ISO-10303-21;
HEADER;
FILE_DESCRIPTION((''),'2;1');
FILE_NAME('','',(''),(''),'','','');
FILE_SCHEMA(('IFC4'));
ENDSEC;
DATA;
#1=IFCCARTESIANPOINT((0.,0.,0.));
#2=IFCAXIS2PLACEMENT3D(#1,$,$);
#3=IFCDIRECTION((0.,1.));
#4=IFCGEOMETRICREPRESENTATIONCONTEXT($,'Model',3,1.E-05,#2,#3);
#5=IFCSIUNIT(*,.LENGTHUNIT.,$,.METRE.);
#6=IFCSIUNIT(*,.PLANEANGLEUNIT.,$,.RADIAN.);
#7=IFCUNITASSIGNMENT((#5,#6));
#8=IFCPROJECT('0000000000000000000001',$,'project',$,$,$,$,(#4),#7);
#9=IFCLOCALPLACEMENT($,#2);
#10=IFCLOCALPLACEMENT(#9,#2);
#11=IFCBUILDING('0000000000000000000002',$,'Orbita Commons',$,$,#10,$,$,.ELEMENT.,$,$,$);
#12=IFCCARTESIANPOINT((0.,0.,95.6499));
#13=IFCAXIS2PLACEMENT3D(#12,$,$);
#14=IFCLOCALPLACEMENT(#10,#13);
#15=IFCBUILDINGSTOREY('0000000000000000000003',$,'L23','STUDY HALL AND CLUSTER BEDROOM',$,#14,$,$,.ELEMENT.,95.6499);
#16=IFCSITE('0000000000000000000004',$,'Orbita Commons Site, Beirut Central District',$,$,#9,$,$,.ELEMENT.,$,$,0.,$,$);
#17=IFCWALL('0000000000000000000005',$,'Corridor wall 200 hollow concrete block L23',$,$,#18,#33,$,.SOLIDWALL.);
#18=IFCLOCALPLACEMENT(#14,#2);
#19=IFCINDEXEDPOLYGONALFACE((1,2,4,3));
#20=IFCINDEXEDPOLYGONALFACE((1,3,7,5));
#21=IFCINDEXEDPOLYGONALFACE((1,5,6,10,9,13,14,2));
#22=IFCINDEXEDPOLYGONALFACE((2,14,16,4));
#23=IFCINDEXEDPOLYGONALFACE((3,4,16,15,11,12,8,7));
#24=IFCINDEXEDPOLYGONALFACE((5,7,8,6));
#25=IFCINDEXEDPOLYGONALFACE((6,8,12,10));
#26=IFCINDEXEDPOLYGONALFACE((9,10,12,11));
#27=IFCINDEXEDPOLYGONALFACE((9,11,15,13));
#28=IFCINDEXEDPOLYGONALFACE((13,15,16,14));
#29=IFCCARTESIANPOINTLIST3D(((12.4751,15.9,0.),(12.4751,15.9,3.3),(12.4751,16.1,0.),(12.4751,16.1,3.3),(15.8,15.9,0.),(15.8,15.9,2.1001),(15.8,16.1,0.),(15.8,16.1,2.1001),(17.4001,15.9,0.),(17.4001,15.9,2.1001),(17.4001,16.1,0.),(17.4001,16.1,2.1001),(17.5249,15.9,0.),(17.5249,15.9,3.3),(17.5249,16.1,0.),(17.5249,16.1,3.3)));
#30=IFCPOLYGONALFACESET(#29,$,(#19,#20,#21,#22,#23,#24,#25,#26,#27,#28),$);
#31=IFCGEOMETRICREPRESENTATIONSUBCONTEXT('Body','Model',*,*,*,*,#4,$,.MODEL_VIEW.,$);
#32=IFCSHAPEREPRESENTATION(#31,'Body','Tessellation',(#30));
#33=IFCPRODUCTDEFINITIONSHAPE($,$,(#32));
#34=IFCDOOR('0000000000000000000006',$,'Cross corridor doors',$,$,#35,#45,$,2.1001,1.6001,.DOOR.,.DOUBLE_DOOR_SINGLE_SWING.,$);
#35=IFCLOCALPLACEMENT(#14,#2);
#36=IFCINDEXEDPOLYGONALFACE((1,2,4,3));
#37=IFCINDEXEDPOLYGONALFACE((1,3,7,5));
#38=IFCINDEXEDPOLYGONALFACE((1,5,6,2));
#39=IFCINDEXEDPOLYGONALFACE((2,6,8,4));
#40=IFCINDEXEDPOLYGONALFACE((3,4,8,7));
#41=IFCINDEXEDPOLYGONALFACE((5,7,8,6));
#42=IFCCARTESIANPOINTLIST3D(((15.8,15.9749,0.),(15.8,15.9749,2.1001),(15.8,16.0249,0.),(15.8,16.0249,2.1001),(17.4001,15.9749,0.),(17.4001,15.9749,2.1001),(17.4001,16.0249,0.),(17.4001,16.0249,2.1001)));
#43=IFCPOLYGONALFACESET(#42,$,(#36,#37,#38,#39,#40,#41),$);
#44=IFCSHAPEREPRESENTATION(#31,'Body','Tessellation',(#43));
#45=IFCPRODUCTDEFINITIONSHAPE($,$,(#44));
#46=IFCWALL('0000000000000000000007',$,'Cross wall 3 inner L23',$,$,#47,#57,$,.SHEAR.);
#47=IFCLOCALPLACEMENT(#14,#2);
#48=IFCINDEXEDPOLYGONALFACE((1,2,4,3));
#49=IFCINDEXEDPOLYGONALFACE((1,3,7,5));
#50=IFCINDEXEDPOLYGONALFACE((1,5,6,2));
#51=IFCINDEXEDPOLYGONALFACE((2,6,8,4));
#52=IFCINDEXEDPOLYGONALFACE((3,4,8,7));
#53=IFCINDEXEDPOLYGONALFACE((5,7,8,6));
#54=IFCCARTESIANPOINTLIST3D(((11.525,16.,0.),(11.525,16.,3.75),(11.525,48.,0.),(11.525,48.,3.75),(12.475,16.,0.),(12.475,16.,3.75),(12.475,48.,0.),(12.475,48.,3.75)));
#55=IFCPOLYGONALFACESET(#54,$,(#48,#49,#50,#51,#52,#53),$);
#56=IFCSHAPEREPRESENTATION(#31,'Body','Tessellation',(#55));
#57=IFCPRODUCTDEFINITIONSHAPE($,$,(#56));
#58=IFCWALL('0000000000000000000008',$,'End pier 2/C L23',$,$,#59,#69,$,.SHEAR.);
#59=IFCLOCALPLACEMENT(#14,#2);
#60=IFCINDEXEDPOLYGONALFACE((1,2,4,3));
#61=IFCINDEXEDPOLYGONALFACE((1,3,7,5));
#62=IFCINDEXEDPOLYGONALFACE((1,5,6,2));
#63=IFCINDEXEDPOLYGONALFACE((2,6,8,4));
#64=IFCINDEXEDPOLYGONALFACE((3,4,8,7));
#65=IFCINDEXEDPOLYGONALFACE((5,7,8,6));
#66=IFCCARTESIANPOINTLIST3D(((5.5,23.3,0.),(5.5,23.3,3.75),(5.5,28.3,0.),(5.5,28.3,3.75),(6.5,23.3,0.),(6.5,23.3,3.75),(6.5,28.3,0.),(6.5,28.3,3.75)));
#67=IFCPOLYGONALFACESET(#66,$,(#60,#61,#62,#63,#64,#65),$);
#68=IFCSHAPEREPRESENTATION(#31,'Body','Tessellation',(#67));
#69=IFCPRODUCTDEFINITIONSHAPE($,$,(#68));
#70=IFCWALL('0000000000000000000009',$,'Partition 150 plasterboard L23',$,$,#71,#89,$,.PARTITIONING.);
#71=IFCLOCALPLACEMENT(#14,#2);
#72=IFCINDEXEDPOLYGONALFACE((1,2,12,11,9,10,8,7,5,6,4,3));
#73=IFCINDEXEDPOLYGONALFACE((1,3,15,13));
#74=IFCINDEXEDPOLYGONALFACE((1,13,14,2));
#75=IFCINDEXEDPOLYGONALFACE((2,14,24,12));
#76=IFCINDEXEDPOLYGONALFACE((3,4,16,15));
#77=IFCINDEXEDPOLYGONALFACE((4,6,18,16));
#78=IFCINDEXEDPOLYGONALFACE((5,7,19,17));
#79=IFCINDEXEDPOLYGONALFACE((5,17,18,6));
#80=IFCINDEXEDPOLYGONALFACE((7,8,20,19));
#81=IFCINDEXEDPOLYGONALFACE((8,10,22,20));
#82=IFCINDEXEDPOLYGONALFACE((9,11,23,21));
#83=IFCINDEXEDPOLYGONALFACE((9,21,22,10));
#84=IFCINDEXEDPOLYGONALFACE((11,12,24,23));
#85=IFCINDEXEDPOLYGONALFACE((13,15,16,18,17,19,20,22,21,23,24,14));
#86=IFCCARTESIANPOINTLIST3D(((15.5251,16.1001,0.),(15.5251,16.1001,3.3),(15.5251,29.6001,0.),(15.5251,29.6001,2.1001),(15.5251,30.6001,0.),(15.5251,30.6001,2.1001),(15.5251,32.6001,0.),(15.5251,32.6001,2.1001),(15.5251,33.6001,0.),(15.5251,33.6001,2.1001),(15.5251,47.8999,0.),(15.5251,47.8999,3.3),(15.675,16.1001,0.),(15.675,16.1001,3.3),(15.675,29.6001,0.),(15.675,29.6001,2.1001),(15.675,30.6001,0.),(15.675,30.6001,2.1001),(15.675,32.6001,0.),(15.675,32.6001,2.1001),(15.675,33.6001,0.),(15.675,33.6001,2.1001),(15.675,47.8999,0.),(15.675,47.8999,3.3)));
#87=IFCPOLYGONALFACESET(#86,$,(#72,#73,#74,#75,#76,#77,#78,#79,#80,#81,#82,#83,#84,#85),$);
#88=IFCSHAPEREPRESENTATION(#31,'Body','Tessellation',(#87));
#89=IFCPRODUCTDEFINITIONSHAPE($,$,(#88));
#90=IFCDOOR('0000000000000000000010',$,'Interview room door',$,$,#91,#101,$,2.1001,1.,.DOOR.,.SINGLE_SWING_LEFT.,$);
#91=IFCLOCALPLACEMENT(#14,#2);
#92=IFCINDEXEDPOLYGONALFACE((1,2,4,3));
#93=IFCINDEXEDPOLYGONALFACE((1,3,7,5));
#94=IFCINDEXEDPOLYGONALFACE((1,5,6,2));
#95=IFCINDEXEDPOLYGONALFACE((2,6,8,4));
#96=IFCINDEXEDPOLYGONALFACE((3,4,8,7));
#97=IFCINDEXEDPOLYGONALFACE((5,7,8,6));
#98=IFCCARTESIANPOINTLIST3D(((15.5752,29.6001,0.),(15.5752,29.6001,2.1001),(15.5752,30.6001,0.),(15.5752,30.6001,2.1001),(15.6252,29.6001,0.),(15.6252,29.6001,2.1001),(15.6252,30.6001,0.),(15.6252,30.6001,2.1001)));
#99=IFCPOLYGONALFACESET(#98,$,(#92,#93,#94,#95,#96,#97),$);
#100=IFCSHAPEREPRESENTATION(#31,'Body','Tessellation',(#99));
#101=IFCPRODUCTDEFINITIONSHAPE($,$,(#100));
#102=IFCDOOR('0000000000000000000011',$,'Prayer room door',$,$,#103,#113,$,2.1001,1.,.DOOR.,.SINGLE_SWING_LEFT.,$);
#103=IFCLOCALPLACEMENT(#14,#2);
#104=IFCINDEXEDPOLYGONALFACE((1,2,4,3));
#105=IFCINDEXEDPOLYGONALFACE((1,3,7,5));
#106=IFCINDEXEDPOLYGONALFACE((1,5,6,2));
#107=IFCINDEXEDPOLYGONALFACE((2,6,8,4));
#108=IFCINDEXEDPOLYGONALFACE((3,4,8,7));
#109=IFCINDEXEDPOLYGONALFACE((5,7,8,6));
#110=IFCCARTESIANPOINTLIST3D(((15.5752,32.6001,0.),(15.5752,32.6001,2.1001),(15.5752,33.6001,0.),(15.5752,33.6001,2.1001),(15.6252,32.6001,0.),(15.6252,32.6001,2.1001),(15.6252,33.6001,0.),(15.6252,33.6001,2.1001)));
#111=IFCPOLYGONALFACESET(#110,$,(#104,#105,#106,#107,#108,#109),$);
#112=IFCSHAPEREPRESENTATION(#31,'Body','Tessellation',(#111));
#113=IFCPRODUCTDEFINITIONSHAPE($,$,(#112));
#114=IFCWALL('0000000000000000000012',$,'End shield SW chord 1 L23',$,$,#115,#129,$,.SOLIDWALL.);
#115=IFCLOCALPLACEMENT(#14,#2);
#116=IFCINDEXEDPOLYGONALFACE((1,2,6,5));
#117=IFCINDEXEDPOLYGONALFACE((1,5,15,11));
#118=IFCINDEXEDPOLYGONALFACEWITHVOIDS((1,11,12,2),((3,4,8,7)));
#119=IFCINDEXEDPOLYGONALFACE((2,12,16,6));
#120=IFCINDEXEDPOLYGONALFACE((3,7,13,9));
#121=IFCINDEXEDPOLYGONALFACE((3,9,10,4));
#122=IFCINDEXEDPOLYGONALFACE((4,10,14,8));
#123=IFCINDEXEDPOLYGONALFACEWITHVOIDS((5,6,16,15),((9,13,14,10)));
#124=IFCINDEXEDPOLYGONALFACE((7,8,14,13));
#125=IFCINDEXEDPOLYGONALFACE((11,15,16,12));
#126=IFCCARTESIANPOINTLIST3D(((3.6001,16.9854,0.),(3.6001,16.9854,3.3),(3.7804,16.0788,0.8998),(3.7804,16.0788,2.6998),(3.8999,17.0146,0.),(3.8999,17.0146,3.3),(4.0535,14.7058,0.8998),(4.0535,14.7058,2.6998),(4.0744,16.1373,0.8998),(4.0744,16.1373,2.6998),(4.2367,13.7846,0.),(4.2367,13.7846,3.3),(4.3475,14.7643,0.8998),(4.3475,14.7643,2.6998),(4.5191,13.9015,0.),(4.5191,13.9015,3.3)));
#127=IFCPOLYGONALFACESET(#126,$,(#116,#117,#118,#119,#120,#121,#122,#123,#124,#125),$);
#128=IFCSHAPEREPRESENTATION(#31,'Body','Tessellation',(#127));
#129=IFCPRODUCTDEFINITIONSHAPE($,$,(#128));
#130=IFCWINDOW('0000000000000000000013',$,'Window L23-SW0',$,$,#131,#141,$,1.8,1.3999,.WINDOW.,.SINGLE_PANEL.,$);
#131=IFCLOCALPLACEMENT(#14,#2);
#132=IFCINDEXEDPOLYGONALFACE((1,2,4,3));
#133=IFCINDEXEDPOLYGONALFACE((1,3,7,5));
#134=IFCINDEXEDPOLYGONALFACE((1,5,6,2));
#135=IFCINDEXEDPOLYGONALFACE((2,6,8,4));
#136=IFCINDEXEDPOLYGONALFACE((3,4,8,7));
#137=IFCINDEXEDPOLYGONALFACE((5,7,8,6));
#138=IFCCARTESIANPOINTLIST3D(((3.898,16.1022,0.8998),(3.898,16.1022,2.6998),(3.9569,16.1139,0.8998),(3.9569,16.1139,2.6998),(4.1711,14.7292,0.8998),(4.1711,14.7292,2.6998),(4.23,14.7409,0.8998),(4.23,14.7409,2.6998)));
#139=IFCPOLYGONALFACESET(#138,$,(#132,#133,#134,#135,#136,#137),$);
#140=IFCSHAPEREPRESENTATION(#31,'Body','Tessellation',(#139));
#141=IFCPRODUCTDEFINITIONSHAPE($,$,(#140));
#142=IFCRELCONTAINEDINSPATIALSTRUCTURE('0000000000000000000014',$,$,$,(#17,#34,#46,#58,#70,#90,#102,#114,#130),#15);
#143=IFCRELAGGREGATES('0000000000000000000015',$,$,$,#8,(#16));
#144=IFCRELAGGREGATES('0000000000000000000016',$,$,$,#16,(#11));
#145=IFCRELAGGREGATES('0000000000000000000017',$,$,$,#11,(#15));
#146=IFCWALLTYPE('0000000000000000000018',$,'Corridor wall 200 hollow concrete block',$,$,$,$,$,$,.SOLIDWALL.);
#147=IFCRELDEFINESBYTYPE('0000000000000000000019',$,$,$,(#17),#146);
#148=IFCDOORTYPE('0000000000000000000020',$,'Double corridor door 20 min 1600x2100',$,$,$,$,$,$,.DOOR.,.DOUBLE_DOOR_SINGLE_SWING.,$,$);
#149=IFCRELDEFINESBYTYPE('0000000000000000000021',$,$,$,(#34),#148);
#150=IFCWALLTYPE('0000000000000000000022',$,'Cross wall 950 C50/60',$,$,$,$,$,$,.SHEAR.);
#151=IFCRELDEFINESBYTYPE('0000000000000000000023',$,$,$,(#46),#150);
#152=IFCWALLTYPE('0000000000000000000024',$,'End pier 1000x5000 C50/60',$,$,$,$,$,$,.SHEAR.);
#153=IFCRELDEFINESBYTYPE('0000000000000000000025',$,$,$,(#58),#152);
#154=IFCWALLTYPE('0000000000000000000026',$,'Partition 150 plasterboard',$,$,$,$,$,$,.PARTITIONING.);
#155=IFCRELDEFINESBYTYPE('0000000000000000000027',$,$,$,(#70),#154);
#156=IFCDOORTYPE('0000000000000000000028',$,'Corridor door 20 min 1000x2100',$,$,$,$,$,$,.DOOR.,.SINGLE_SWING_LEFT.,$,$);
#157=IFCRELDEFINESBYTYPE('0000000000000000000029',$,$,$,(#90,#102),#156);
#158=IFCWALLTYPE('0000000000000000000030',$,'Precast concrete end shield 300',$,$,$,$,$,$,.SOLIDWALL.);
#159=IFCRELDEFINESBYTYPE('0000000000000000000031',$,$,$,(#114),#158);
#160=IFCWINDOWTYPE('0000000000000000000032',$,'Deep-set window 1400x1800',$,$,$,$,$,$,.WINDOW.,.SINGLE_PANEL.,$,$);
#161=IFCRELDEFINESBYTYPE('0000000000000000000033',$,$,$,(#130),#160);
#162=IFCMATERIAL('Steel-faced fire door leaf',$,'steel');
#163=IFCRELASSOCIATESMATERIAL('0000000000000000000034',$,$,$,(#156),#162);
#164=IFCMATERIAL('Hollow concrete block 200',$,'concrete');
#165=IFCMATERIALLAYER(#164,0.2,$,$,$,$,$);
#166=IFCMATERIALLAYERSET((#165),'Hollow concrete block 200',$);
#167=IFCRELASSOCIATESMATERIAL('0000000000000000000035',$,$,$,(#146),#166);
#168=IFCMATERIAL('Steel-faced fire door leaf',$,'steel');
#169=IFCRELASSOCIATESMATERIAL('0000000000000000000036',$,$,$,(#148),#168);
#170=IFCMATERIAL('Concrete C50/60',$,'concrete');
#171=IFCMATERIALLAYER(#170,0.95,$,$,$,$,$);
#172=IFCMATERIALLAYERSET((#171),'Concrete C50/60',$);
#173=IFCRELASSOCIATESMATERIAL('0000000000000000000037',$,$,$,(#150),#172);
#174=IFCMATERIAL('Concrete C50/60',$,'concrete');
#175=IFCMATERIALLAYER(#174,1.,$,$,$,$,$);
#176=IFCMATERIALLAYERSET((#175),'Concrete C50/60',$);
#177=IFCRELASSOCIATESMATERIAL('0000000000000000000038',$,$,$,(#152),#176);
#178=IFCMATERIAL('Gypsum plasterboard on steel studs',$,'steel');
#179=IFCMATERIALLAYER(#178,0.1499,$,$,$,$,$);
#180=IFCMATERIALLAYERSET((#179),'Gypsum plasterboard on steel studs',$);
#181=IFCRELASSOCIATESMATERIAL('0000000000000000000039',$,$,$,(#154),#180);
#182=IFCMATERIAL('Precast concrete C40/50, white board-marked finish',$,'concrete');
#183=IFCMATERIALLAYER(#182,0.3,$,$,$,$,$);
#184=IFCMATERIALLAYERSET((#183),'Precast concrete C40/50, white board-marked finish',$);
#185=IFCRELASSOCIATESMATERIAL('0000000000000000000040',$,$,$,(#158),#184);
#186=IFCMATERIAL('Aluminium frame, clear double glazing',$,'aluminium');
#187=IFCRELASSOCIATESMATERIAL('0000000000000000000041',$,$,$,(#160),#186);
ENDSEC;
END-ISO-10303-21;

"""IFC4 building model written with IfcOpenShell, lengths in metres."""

from ifc_helpers import new_model, si_unit, direction, frame, frame_2d, origin, place, context, subcontext, project, spatial, polyline, rectangle, outline, extrude, material, layer, layer_set, type_object, element, fill, save


model = new_model("IFC4")

# Units and contexts
model_context = context("Model", 3, precision=1e-05, world=origin(), true_north=direction((0.0, 1.0)))
body_context = subcontext(model_context, "Body", "Model", "MODEL_VIEW")
ifc_project = project(units=[si_unit("LENGTHUNIT", "METRE"), si_unit("PLANEANGLEUNIT", "RADIAN")], contexts=[model_context])

# Site, building, storey
site_placement = place(None, origin())
site = spatial("IfcSite", under=ifc_project, at=site_placement, Name="Orbita Commons Site, Beirut Central District", CompositionType="ELEMENT", RefElevation=0.0)
building_placement = place(site_placement, origin())
building = spatial("IfcBuilding", under=site, at=building_placement, Name="Orbita Commons", CompositionType="ELEMENT")
storey_placement = place(building_placement, frame((0.0, 0.0, 95.6499)))
storey = spatial("IfcBuildingStorey", under=building, at=storey_placement, Name="L23", Description="STUDY HALL AND CLUSTER BEDROOM", CompositionType="ELEMENT", Elevation=95.6499)

# Wall, opening, door
ifc_material_1 = material(Name="Steel-faced fire door leaf", Category="steel")
door_type_1 = type_object("IfcDoorType", Name="Corridor door 20 min 1000x2100", OperationType="SINGLE_SWING_LEFT", PredefinedType="DOOR", material=ifc_material_1)
ifc_material_2 = material(Name="Hollow concrete block 200", Category="concrete")
ifc_layer_1 = layer(ifc_material_2, 0.2)
ifc_layer_set_1 = layer_set([ifc_layer_1], Name="Hollow concrete block 200")
wall_type_1 = type_object("IfcWallType", Name="Corridor wall 200 hollow concrete block", PredefinedType="SOLIDWALL", material=ifc_layer_set_1)
wall_1_placement = place(storey_placement, frame((12.4751, 16.0, 0.0), z_axis=(0.0, 0.0, 1.0), x_axis=(1.0, 0.0, 0.0)))
wall_1 = element("IfcWall", 1, at=wall_1_placement, inside=storey, type_object=wall_type_1, Name="Corridor wall 200 hollow concrete block L23", PredefinedType="SOLIDWALL", context=body_context, shape_type="SweptSolid", body=[
    extrude(rectangle(XDim=5.0498, YDim=0.2, at=frame_2d((2.5249, 0.0))), origin(), (0.0, 0.0, 1.0), 3.3),
])
opening_1_placement = place(wall_1_placement, frame((3.325, 0.0, 0.0)))
opening_1 = element("IfcOpeningElement", 2, at=opening_1_placement, cuts=wall_1, PredefinedType="OPENING", context=body_context, shape_type="SweptSolid", body=[
    extrude(rectangle(XDim=1.6001, YDim=2.1001, at=frame_2d((0.8, 1.05))), frame((0.0, 0.1099, 0.0), z_axis=(0.0, -1.0, 0.0), x_axis=(1.0, 0.0, 0.0)), (0.0, 0.0, 1.0), 0.22),
])
ifc_material_3 = material(Name="Steel-faced fire door leaf", Category="steel")
door_type_2 = type_object("IfcDoorType", Name="Double corridor door 20 min 1600x2100", OperationType="DOUBLE_DOOR_SINGLE_SWING", PredefinedType="DOOR", material=ifc_material_3)
door_1_placement = place(opening_1_placement, origin())
door_1 = element("IfcDoor", 3, at=door_1_placement, inside=storey, type_object=door_type_2, Name="Cross corridor doors", OperationType="DOUBLE_DOOR_SINGLE_SWING", OverallHeight=2.1001, OverallWidth=1.6001, PredefinedType="DOOR", context=body_context, shape_type="SweptSolid", body=[
    extrude(rectangle(XDim=1.6001, YDim=2.1001, at=frame_2d((0.8, 1.05))), frame((0.0, 0.0249, 0.0), z_axis=(0.0, -1.0, 0.0), x_axis=(1.0, 0.0, 0.0)), (0.0, 0.0, 1.0), 0.05),
])
fill(opening_1, door_1)

# Walls
ifc_material_4 = material(Name="Concrete C50/60", Category="concrete")
ifc_layer_2 = layer(ifc_material_4, 0.95)
ifc_layer_set_2 = layer_set([ifc_layer_2], Name="Concrete C50/60")
wall_type_2 = type_object("IfcWallType", Name="Cross wall 950 C50/60", PredefinedType="SHEAR", material=ifc_layer_set_2)
wall_2_placement = place(storey_placement, frame((12.0, 16.0, 0.0), z_axis=(0.0, 0.0, 1.0), x_axis=(0.0, 1.0, 0.0)))
element("IfcWall", 4, at=wall_2_placement, inside=storey, type_object=wall_type_2, Name="Cross wall 3 inner L23", PredefinedType="SHEAR", context=body_context, shape_type="SweptSolid", body=[
    extrude(rectangle(XDim=32.0, YDim=0.95, at=frame_2d((16.0, 0.0))), origin(), (0.0, 0.0, 1.0), 3.75),
])
ifc_material_5 = material(Name="Concrete C50/60", Category="concrete")
ifc_layer_3 = layer(ifc_material_5, 1.0)
ifc_layer_set_3 = layer_set([ifc_layer_3], Name="Concrete C50/60")
wall_type_3 = type_object("IfcWallType", Name="End pier 1000x5000 C50/60", PredefinedType="SHEAR", material=ifc_layer_set_3)
wall_3_placement = place(storey_placement, frame((6.0, 23.3, 0.0), z_axis=(0.0, 0.0, 1.0), x_axis=(0.0, 1.0, 0.0)))
element("IfcWall", 5, at=wall_3_placement, inside=storey, type_object=wall_type_3, Name="End pier 2/C L23", PredefinedType="SHEAR", context=body_context, shape_type="SweptSolid", body=[
    extrude(rectangle(XDim=5.0, YDim=1.0, at=frame_2d((2.5, 0.0))), origin(), (0.0, 0.0, 1.0), 3.75),
])

# Wall, openings, doors
ifc_material_6 = material(Name="Gypsum plasterboard on steel studs", Category="steel")
ifc_layer_4 = layer(ifc_material_6, 0.1499)
ifc_layer_set_4 = layer_set([ifc_layer_4], Name="Gypsum plasterboard on steel studs")
wall_type_4 = type_object("IfcWallType", Name="Partition 150 plasterboard", PredefinedType="PARTITIONING", material=ifc_layer_set_4)
wall_4_placement = place(storey_placement, frame((15.6001, 16.1001, 0.0), z_axis=(0.0, 0.0, 1.0), x_axis=(0.0, 1.0, 0.0)))
wall_4 = element("IfcWall", 6, at=wall_4_placement, inside=storey, type_object=wall_type_4, Name="Partition 150 plasterboard L23", PredefinedType="PARTITIONING", context=body_context, shape_type="SweptSolid", body=[
    extrude(rectangle(XDim=31.7998, YDim=0.1499, at=frame_2d((15.8999, 0.0))), origin(), (0.0, 0.0, 1.0), 3.3),
])
opening_2_placement = place(wall_4_placement, frame((13.5, 0.0, 0.0)))
opening_2 = element("IfcOpeningElement", 7, at=opening_2_placement, cuts=wall_4, PredefinedType="OPENING", context=body_context, shape_type="SweptSolid", body=[
    extrude(rectangle(XDim=1.0, YDim=2.1001, at=frame_2d((0.5, 1.05))), frame((0.0, 0.085, 0.0), z_axis=(0.0, -1.0, 0.0), x_axis=(1.0, 0.0, 0.0)), (0.0, 0.0, 1.0), 0.1699),
])
opening_3_placement = place(wall_4_placement, frame((16.5, 0.0, 0.0)))
opening_3 = element("IfcOpeningElement", 8, at=opening_3_placement, cuts=wall_4, PredefinedType="OPENING", context=body_context, shape_type="SweptSolid", body=[
    extrude(rectangle(XDim=1.0, YDim=2.1001, at=frame_2d((0.5, 1.05))), frame((0.0, 0.085, 0.0), z_axis=(0.0, -1.0, 0.0), x_axis=(1.0, 0.0, 0.0)), (0.0, 0.0, 1.0), 0.1699),
])
door_2_placement = place(opening_2_placement, origin())
door_2 = element("IfcDoor", 9, at=door_2_placement, inside=storey, type_object=door_type_1, Name="Interview room door", OperationType="SINGLE_SWING_LEFT", OverallHeight=2.1001, OverallWidth=1.0, PredefinedType="DOOR", context=body_context, shape_type="SweptSolid", body=[
    extrude(rectangle(XDim=1.0, YDim=2.1001, at=frame_2d((0.5, 1.05))), frame((0.0, 0.0249, 0.0), z_axis=(0.0, -1.0, 0.0), x_axis=(1.0, 0.0, 0.0)), (0.0, 0.0, 1.0), 0.05),
])
fill(opening_2, door_2)
door_3_placement = place(opening_3_placement, origin())
door_3 = element("IfcDoor", 10, at=door_3_placement, inside=storey, type_object=door_type_1, Name="Prayer room door", OperationType="SINGLE_SWING_LEFT", OverallHeight=2.1001, OverallWidth=1.0, PredefinedType="DOOR", context=body_context, shape_type="SweptSolid", body=[
    extrude(rectangle(XDim=1.0, YDim=2.1001, at=frame_2d((0.5, 1.05))), frame((0.0, 0.0249, 0.0), z_axis=(0.0, -1.0, 0.0), x_axis=(1.0, 0.0, 0.0)), (0.0, 0.0, 1.0), 0.05),
])
fill(opening_3, door_3)

# Wall, opening, window
ifc_material_7 = material(Name="Precast concrete C40/50, white board-marked finish", Category="concrete")
ifc_layer_5 = layer(ifc_material_7, 0.3)
ifc_layer_set_5 = layer_set([ifc_layer_5], Name="Precast concrete C40/50, white board-marked finish")
wall_type_5 = type_object("IfcWallType", Name="Precast concrete end shield 300", PredefinedType="SOLIDWALL", material=ifc_layer_set_5)
wall_5_placement = place(storey_placement, frame((3.75, 17.0, 0.0), z_axis=(0.0, 0.0, 1.0), x_axis=(0.19508, -0.980787, 0.0)))
wall_5 = element("IfcWall", 11, at=wall_5_placement, inside=storey, type_object=wall_type_5, Name="End shield SW chord 1 L23", PredefinedType="SOLIDWALL", context=body_context, shape_type="SweptSolid", body=[
    extrude(outline(polyline([(-0.0149, -0.1499), (3.2485, -0.1499), (3.189, 0.1499), (0.0149, 0.1499), (-0.0149, -0.1499)])), origin(), (0.0, 0.0, 1.0), 3.3),
])
opening_4_placement = place(wall_5_placement, frame((0.9094, 0.0, 0.8999)))
opening_4 = element("IfcOpeningElement", 12, at=opening_4_placement, cuts=wall_5, PredefinedType="OPENING", context=body_context, shape_type="SweptSolid", body=[
    extrude(rectangle(XDim=1.3999, YDim=1.8, at=frame_2d((0.7, 0.8999))), frame((0.0, 0.1599, 0.0), z_axis=(0.0, -1.0, 0.0), x_axis=(1.0, 0.0, 0.0)), (0.0, 0.0, 1.0), 0.3201),
])
ifc_material_8 = material(Name="Aluminium frame, clear double glazing", Category="aluminium")
window_type = type_object("IfcWindowType", Name="Deep-set window 1400x1800", PartitioningType="SINGLE_PANEL", PredefinedType="WINDOW", material=ifc_material_8)
window_1_placement = place(opening_4_placement, origin())
window_1 = element("IfcWindow", 13, at=window_1_placement, inside=storey, type_object=window_type, Name="Window L23-SW0", OverallHeight=1.8, OverallWidth=1.3999, PartitioningType="SINGLE_PANEL", PredefinedType="WINDOW", context=body_context, shape_type="SweptSolid", body=[
    extrude(rectangle(XDim=1.3999, YDim=1.8, at=frame_2d((0.7, 0.8999))), frame((0.0, 0.03, 0.0), z_axis=(0.0, -1.0, 0.0), x_axis=(1.0, 0.0, 0.0)), (0.0, 0.0, 1.0), 0.0601),
])
fill(opening_4, window_1)

save(model, "model.ifc")
